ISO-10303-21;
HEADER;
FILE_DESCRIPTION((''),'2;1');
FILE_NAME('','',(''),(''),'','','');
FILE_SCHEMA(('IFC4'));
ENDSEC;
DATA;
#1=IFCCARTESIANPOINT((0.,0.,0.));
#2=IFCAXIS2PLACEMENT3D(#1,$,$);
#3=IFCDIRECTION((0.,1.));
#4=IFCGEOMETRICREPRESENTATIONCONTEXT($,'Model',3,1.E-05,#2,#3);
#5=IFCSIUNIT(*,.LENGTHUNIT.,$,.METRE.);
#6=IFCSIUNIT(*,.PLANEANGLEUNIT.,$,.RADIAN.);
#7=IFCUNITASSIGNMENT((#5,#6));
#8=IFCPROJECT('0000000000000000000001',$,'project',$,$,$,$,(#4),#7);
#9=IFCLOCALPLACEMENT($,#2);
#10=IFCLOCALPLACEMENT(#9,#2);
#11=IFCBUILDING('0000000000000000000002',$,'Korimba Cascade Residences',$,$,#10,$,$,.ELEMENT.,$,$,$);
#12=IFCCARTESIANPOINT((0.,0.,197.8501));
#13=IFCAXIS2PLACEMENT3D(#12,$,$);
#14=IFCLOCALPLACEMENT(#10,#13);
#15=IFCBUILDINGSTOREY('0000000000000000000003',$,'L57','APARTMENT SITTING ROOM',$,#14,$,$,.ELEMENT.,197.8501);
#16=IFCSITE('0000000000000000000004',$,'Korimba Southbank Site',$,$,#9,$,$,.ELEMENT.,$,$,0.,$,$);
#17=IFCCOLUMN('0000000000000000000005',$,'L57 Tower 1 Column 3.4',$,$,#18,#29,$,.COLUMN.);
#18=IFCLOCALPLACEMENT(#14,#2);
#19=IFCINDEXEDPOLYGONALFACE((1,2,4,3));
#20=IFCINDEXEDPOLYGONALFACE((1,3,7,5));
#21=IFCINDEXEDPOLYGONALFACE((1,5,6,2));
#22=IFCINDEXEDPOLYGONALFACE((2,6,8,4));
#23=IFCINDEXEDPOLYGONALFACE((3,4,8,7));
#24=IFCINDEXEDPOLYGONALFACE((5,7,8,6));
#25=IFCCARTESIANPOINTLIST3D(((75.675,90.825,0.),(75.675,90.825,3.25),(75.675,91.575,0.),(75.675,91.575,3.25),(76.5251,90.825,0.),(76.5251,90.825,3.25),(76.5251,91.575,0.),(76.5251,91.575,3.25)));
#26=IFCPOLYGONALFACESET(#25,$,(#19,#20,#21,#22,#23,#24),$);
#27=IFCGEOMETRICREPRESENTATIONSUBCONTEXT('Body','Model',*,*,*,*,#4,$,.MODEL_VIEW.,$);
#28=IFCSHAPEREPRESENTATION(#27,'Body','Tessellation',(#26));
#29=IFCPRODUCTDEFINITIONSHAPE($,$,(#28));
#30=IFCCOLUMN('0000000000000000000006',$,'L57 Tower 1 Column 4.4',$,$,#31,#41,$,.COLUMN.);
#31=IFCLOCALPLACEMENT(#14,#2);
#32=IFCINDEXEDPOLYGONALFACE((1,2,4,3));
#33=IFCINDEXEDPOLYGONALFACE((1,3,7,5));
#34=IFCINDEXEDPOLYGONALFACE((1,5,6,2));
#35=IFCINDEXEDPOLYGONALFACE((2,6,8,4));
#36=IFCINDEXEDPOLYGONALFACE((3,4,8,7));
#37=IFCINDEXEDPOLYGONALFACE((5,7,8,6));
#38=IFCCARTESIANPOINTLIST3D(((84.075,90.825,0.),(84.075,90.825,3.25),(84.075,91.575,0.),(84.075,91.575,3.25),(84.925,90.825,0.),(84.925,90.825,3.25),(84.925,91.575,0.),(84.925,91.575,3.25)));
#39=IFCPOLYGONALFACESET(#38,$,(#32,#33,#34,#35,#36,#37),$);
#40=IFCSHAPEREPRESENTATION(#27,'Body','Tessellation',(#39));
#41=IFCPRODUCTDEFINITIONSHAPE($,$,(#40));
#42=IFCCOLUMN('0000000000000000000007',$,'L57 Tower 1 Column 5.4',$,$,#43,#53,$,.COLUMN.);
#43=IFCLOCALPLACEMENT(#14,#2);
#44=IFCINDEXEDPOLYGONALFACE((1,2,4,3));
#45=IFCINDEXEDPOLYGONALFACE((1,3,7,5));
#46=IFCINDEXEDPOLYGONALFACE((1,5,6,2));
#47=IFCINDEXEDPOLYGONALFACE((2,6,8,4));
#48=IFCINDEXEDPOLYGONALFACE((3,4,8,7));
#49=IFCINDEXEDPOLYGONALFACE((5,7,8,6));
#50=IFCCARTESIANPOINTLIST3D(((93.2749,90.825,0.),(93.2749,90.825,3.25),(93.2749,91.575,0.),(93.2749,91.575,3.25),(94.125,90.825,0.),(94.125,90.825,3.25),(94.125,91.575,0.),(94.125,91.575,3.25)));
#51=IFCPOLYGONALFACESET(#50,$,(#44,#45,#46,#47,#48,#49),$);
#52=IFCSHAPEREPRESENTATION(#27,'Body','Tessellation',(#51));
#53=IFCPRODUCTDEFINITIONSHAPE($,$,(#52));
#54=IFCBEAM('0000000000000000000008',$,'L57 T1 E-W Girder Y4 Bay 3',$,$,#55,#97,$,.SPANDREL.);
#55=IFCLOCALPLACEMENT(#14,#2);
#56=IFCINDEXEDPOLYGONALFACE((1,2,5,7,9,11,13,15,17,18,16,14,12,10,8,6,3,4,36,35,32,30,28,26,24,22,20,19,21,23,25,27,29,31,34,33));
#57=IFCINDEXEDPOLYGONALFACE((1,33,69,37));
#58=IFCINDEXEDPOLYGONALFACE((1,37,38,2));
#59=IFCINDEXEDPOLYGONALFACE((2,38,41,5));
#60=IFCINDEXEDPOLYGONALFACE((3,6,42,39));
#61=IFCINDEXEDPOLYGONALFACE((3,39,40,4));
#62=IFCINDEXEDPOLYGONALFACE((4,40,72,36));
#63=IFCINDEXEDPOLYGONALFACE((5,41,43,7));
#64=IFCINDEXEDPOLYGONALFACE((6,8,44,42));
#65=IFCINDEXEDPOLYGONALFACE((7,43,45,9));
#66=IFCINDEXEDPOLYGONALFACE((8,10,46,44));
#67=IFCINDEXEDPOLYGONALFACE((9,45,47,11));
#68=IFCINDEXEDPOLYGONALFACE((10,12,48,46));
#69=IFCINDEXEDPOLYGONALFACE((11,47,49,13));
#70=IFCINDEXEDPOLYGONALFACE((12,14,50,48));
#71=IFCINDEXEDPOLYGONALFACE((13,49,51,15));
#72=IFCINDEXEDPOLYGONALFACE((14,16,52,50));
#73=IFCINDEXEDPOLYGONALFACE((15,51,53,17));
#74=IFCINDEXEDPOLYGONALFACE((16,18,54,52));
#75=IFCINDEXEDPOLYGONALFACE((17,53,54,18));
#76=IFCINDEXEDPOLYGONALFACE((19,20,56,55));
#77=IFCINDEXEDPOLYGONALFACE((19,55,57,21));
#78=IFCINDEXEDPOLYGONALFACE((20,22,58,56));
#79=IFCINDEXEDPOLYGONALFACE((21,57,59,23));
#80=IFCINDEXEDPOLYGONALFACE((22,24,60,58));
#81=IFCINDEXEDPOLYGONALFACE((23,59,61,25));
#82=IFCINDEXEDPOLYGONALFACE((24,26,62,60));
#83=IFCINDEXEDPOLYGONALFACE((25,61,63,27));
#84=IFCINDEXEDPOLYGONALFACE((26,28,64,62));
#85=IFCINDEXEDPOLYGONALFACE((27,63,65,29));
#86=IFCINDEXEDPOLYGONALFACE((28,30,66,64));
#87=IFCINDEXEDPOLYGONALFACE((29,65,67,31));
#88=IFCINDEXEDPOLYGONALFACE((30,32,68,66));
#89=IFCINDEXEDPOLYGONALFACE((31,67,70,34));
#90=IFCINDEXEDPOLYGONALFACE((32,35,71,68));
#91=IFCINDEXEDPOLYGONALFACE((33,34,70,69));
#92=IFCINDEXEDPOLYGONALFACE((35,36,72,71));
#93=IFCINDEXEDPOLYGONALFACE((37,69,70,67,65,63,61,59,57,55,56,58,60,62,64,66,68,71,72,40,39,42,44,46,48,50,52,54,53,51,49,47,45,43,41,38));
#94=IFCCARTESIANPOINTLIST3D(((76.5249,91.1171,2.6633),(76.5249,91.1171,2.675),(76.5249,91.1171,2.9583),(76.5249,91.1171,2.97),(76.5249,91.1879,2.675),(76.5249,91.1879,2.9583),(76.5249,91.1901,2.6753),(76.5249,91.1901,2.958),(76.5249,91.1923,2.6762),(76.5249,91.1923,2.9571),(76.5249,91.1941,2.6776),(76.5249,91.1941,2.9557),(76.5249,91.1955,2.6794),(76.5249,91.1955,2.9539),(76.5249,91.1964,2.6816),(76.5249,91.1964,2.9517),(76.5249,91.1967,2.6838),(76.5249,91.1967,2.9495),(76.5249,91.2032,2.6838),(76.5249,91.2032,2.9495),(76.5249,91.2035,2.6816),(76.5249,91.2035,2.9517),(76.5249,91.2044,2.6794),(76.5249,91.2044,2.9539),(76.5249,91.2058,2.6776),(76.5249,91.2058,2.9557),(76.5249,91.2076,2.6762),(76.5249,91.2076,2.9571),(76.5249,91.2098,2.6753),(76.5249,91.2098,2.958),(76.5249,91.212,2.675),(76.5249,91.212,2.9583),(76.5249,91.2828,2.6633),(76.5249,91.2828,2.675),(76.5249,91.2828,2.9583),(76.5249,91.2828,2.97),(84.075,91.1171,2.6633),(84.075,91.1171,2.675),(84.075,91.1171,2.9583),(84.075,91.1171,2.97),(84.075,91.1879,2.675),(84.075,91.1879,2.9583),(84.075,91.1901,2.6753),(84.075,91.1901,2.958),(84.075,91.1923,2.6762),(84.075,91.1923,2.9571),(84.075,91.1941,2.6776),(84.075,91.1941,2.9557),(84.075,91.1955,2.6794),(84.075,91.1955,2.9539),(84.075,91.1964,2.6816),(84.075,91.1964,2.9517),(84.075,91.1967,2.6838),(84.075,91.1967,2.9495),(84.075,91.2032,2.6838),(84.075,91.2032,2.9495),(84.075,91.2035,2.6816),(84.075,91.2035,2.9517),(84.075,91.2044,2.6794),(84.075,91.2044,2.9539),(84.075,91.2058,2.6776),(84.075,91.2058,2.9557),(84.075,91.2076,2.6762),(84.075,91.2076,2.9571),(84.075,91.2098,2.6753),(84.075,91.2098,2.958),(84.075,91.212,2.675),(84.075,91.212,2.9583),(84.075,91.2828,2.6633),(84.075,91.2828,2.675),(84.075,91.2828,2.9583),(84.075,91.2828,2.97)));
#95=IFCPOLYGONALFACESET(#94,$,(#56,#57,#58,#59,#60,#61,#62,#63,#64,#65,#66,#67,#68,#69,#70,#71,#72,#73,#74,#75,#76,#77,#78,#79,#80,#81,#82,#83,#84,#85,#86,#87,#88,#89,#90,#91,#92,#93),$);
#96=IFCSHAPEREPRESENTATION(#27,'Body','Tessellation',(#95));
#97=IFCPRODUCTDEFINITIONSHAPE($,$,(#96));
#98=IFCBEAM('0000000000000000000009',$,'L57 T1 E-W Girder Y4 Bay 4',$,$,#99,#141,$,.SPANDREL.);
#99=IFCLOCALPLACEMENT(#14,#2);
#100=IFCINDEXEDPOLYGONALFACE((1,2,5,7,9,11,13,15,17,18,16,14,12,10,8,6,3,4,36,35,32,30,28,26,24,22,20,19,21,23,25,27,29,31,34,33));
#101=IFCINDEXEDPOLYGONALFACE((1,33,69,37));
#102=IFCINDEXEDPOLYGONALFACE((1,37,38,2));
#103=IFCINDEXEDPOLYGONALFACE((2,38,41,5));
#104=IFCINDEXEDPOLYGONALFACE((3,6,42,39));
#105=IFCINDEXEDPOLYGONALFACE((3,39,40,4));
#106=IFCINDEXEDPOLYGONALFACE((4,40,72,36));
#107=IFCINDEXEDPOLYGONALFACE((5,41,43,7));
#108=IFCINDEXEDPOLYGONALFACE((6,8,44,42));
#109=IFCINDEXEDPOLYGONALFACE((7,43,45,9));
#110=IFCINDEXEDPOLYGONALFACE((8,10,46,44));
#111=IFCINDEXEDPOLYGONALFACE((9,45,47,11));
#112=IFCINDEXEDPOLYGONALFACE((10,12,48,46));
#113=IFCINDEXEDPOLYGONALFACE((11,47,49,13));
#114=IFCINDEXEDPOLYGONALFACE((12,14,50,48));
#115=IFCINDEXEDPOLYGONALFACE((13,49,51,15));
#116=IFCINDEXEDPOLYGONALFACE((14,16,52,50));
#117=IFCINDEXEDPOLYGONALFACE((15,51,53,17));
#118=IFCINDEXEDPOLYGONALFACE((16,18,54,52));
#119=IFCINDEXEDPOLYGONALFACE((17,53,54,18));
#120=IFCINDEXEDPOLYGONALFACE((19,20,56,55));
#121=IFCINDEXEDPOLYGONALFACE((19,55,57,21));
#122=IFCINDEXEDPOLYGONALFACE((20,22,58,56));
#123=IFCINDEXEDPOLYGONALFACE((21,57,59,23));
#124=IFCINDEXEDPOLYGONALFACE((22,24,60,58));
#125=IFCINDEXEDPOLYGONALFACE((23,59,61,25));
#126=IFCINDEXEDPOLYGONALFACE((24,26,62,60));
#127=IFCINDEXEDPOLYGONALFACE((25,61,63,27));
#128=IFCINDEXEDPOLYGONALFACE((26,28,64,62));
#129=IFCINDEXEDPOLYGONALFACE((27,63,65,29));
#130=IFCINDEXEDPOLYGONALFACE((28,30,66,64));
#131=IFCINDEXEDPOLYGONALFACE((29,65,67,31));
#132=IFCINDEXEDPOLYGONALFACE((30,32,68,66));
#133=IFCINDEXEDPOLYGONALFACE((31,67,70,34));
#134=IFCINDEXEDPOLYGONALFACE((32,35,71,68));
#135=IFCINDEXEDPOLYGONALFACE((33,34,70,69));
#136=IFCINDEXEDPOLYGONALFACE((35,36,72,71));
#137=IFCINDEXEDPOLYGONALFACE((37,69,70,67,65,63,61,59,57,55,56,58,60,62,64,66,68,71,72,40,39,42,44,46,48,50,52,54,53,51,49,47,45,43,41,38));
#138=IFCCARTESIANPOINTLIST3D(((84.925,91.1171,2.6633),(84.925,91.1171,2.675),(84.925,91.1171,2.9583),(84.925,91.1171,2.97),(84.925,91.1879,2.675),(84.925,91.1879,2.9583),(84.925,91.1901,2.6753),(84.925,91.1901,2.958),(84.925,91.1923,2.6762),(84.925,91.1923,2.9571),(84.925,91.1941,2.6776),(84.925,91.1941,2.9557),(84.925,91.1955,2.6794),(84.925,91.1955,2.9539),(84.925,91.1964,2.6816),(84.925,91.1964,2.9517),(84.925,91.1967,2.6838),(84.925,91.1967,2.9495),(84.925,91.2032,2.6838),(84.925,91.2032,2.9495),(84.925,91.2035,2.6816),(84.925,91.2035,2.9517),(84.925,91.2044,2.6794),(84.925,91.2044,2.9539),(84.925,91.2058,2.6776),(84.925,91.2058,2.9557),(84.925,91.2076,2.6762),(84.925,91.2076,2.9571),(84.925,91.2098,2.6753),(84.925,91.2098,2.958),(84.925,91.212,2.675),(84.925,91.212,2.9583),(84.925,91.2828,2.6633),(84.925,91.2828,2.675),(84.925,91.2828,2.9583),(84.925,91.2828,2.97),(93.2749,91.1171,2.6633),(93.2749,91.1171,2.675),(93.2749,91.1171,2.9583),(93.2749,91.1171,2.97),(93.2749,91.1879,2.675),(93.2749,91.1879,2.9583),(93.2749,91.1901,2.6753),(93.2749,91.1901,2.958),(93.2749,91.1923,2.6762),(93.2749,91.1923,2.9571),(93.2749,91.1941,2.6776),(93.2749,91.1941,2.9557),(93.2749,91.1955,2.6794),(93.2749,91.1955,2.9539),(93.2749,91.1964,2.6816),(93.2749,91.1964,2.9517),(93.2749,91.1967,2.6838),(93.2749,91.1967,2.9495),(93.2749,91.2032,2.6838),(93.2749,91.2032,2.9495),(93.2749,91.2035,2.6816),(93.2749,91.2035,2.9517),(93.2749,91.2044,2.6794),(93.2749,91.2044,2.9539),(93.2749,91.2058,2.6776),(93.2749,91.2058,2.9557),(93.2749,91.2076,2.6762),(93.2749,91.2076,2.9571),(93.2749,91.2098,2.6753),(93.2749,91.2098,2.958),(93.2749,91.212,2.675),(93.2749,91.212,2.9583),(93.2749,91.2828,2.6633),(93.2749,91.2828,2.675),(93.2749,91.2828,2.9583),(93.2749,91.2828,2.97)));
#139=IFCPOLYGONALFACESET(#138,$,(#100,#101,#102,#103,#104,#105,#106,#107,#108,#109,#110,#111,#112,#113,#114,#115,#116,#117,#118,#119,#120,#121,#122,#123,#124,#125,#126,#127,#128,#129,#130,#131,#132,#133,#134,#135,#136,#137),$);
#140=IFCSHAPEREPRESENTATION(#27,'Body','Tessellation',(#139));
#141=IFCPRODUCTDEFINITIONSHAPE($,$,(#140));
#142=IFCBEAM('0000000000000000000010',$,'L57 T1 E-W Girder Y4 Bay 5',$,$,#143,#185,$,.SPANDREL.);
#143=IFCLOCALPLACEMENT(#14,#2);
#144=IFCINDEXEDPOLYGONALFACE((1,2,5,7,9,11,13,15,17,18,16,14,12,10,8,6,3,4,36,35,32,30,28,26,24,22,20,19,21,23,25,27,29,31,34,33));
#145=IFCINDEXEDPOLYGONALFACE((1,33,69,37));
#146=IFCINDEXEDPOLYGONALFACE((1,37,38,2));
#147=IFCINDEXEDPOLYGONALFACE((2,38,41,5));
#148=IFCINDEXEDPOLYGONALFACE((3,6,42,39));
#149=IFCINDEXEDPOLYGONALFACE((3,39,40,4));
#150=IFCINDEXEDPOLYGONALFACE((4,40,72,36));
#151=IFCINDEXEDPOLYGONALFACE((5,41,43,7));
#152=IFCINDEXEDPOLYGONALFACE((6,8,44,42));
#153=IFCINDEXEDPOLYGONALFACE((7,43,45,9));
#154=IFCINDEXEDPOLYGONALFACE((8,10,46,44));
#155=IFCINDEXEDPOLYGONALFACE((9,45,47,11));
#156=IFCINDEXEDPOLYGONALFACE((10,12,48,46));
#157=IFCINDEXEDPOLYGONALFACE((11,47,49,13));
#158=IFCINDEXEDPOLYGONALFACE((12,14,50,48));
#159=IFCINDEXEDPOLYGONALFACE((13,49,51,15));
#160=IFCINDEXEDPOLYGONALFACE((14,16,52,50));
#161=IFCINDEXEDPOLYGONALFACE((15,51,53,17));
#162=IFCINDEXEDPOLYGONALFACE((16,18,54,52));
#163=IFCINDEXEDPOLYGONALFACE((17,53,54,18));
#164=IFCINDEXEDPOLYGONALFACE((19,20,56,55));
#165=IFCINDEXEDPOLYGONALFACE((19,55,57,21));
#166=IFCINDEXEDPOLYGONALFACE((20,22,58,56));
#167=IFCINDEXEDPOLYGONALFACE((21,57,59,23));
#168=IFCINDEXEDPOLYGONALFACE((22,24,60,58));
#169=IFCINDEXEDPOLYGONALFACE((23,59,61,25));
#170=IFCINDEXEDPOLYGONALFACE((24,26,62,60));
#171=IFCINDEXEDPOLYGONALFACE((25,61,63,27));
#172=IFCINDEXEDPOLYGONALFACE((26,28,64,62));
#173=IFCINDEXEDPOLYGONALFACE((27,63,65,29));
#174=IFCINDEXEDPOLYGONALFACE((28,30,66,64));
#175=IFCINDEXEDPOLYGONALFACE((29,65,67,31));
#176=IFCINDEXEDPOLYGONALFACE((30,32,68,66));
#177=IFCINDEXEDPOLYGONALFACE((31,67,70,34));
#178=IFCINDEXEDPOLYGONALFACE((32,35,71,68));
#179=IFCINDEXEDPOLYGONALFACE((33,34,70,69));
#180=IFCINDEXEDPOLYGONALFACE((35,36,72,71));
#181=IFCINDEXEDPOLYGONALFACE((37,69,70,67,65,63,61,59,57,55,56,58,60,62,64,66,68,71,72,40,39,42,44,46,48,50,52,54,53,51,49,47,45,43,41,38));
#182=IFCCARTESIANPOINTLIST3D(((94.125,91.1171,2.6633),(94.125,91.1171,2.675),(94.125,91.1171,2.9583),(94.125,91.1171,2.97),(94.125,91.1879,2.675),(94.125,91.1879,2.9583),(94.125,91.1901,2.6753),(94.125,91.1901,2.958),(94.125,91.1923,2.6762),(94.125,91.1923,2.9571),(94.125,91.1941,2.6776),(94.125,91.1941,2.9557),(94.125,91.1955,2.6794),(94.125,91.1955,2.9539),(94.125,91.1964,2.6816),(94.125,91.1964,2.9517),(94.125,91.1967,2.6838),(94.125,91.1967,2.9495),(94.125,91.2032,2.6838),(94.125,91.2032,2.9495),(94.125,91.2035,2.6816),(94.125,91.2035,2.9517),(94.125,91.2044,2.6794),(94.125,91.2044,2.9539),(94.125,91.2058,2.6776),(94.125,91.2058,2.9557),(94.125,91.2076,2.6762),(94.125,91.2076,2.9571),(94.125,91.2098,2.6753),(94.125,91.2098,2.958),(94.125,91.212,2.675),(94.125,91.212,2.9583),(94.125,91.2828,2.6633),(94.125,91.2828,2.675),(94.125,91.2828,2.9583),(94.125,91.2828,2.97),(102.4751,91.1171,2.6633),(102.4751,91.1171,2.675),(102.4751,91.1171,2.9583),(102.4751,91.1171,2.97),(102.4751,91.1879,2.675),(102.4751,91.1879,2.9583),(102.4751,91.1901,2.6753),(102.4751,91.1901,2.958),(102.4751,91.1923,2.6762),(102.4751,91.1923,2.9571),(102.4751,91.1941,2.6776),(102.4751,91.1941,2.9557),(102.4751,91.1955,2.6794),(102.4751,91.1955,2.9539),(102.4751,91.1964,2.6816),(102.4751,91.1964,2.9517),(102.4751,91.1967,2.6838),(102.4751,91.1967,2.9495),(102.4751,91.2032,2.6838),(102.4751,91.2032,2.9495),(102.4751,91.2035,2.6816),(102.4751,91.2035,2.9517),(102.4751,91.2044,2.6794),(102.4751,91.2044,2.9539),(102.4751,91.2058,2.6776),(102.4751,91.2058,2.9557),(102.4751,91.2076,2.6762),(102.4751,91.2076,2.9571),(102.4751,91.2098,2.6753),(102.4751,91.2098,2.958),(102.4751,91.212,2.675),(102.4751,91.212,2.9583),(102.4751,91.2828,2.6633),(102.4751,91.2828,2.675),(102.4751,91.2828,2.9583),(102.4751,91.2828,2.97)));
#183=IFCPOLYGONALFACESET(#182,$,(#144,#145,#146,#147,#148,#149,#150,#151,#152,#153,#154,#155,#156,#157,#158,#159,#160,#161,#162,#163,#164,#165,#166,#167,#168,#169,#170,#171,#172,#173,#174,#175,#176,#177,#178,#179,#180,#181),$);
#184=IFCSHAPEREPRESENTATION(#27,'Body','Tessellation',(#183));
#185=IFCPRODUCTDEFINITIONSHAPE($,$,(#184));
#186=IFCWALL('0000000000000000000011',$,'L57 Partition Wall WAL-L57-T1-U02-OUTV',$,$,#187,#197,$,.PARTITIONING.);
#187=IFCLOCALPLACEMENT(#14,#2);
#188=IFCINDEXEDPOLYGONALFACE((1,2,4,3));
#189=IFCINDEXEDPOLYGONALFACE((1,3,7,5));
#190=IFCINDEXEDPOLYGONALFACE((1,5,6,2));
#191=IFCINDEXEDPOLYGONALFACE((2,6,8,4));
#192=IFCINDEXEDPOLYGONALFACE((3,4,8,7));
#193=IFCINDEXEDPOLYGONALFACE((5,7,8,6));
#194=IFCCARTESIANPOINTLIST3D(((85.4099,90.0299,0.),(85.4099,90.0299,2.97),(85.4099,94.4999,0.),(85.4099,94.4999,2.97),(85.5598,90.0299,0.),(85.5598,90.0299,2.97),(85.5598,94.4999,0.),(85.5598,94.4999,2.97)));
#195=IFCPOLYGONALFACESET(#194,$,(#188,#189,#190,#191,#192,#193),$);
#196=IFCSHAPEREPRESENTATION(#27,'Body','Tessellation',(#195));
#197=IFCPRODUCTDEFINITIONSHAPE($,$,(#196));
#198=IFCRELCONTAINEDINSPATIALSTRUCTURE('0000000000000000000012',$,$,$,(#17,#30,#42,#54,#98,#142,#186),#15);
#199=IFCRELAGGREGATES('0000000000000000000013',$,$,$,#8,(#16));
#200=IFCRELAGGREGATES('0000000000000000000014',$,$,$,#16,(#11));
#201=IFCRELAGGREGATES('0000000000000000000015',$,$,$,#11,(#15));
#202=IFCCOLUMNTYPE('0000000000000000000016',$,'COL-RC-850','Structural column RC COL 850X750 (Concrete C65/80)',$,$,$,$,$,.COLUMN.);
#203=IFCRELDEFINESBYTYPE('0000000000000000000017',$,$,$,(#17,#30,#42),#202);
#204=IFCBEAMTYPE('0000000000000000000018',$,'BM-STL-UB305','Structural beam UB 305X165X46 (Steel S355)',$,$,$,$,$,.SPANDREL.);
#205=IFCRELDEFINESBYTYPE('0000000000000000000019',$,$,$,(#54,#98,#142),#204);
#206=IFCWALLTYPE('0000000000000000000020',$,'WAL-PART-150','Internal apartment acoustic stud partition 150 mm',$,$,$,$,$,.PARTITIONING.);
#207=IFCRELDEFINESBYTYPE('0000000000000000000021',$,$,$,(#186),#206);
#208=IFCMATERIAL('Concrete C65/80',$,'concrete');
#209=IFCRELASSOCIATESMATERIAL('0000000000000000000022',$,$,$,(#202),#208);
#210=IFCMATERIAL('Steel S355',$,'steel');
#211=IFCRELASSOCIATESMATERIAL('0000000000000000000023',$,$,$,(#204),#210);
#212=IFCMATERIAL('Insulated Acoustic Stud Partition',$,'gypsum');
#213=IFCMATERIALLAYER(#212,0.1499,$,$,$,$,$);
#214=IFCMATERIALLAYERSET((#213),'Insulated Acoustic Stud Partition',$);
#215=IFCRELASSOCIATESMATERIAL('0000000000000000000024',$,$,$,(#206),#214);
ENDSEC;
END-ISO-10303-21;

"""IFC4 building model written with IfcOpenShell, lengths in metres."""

from ifc_helpers import new_model, si_unit, direction, frame, frame_2d, origin, origin_2d, place, context, subcontext, project, spatial, rectangle, i_section, extrude, material, layer, layer_set, material_profile, profile_set, type_object, element, save


model = new_model("IFC4")

# Units and contexts
model_context = context("Model", 3, precision=1e-05, world=origin(), true_north=direction((0.0, 1.0)))
body_context = subcontext(model_context, "Body", "Model", "MODEL_VIEW")
ifc_project = project(units=[si_unit("LENGTHUNIT", "METRE"), si_unit("PLANEANGLEUNIT", "RADIAN")], contexts=[model_context])

# Site, building, storey
site_placement = place(None, origin())
site = spatial("IfcSite", under=ifc_project, at=site_placement, Name="Korimba Southbank Site", CompositionType="ELEMENT", RefElevation=0.0)
building_placement = place(site_placement, origin())
building = spatial("IfcBuilding", under=site, at=building_placement, Name="Korimba Cascade Residences", CompositionType="ELEMENT")
storey_placement = place(building_placement, frame((0.0, 0.0, 197.8501)))
storey = spatial("IfcBuildingStorey", under=building, at=storey_placement, Name="L57", Description="APARTMENT SITTING ROOM", CompositionType="ELEMENT", Elevation=197.8501)

# Columns
ifc_material_1 = material(Name="Concrete C65/80", Category="concrete")
ifc_material_profile_1 = material_profile(ifc_material_1, rectangle(XDim=0.8501, YDim=0.75, at=origin_2d()), Name="Concrete C65/80")
ifc_profile_set_1 = profile_set([ifc_material_profile_1], Name="Concrete C65/80")
column_type = type_object("IfcColumnType", Name="COL-RC-850", Description="Structural column RC COL 850X750 (Concrete C65/80)", PredefinedType="COLUMN", material=ifc_profile_set_1)
for number, where, z_axis, x_axis, name in (
    (1, (76.1001, 91.2, 0.0), (0.0, 0.0, 1.0), (1.0, 0.0, 0.0), "L57 Tower 1 Column 3.4"),
    (2, (84.5, 91.2, 0.0), (0.0, 0.0, 1.0), (1.0, 0.0, 0.0), "L57 Tower 1 Column 4.4"),
    (3, (93.7, 91.2, 0.0), (0.0, 0.0, 1.0), (1.0, 0.0, 0.0), "L57 Tower 1 Column 5.4"),
):
    element("IfcColumn", number, at=place(storey_placement, frame(where, z_axis=z_axis, x_axis=x_axis)), inside=storey, type_object=column_type, Name=name, PredefinedType="COLUMN", context=body_context, shape_type="SweptSolid", body=[
        extrude(rectangle(XDim=0.8501, YDim=0.75, at=origin_2d()), origin(), (0.0, 0.0, 1.0), 3.25),
    ])

# Beams
ifc_material_2 = material(Name="Steel S355", Category="steel")
ifc_material_profile_2 = material_profile(ifc_material_2, i_section(OverallWidth=0.1658, OverallDepth=0.3066, WebThickness=0.0066, FlangeThickness=0.0117, FilletRadius=0.0088, at=origin_2d()), Name="Steel S355")
ifc_profile_set_2 = profile_set([ifc_material_profile_2], Name="Steel S355")
beam_type = type_object("IfcBeamType", Name="BM-STL-UB305", Description="Structural beam UB 305X165X46 (Steel S355)", PredefinedType="SPANDREL", material=ifc_profile_set_2)
beam_1_placement = place(storey_placement, frame((76.5249, 91.2, 2.8167), z_axis=(1.0, 0.0, 0.0), x_axis=(0.0, 1.0, 0.0)))
element("IfcBeam", 4, at=beam_1_placement, inside=storey, type_object=beam_type, Name="L57 T1 E-W Girder Y4 Bay 3", PredefinedType="SPANDREL", context=body_context, shape_type="SweptSolid", body=[
    extrude(i_section(OverallWidth=0.1658, OverallDepth=0.3066, WebThickness=0.0066, FlangeThickness=0.0117, FilletRadius=0.0088, at=origin_2d()), origin(), (0.0, 0.0, 1.0), 7.55),
])
beam_2_placement = place(storey_placement, frame((84.925, 91.2, 2.8167), z_axis=(1.0, 0.0, 0.0), x_axis=(0.0, 1.0, 0.0)))
element("IfcBeam", 5, at=beam_2_placement, inside=storey, type_object=beam_type, Name="L57 T1 E-W Girder Y4 Bay 4", PredefinedType="SPANDREL", context=body_context, shape_type="SweptSolid", body=[
    extrude(i_section(OverallWidth=0.1658, OverallDepth=0.3066, WebThickness=0.0066, FlangeThickness=0.0117, FilletRadius=0.0088, at=origin_2d()), origin(), (0.0, 0.0, 1.0), 8.3499),
])
beam_3_placement = place(storey_placement, frame((94.125, 91.2, 2.8167), z_axis=(1.0, 0.0, 0.0), x_axis=(0.0, 1.0, 0.0)))
element("IfcBeam", 6, at=beam_3_placement, inside=storey, type_object=beam_type, Name="L57 T1 E-W Girder Y4 Bay 5", PredefinedType="SPANDREL", context=body_context, shape_type="SweptSolid", body=[
    extrude(i_section(OverallWidth=0.1658, OverallDepth=0.3066, WebThickness=0.0066, FlangeThickness=0.0117, FilletRadius=0.0088, at=origin_2d()), origin(), (0.0, 0.0, 1.0), 8.3501),
])

# Wall
ifc_material_3 = material(Name="Insulated Acoustic Stud Partition", Category="gypsum")
ifc_layer = layer(ifc_material_3, 0.1499)
ifc_layer_set = layer_set([ifc_layer], Name="Insulated Acoustic Stud Partition")
wall_type = type_object("IfcWallType", Name="WAL-PART-150", Description="Internal apartment acoustic stud partition 150 mm", PredefinedType="PARTITIONING", material=ifc_layer_set)
wall_1_placement = place(storey_placement, frame((85.4849, 90.03, 0.0), z_axis=(0.0, 0.0, 1.0), x_axis=(0.0, 1.0, 0.0)))
element("IfcWall", 7, at=wall_1_placement, inside=storey, type_object=wall_type, Name="L57 Partition Wall WAL-L57-T1-U02-OUTV", PredefinedType="PARTITIONING", context=body_context, shape_type="SweptSolid", body=[
    extrude(rectangle(XDim=4.47, YDim=0.1499, at=frame_2d((2.2349, 0.0))), origin(), (0.0, 0.0, 1.0), 2.97),
])

save(model, "model.ifc")
